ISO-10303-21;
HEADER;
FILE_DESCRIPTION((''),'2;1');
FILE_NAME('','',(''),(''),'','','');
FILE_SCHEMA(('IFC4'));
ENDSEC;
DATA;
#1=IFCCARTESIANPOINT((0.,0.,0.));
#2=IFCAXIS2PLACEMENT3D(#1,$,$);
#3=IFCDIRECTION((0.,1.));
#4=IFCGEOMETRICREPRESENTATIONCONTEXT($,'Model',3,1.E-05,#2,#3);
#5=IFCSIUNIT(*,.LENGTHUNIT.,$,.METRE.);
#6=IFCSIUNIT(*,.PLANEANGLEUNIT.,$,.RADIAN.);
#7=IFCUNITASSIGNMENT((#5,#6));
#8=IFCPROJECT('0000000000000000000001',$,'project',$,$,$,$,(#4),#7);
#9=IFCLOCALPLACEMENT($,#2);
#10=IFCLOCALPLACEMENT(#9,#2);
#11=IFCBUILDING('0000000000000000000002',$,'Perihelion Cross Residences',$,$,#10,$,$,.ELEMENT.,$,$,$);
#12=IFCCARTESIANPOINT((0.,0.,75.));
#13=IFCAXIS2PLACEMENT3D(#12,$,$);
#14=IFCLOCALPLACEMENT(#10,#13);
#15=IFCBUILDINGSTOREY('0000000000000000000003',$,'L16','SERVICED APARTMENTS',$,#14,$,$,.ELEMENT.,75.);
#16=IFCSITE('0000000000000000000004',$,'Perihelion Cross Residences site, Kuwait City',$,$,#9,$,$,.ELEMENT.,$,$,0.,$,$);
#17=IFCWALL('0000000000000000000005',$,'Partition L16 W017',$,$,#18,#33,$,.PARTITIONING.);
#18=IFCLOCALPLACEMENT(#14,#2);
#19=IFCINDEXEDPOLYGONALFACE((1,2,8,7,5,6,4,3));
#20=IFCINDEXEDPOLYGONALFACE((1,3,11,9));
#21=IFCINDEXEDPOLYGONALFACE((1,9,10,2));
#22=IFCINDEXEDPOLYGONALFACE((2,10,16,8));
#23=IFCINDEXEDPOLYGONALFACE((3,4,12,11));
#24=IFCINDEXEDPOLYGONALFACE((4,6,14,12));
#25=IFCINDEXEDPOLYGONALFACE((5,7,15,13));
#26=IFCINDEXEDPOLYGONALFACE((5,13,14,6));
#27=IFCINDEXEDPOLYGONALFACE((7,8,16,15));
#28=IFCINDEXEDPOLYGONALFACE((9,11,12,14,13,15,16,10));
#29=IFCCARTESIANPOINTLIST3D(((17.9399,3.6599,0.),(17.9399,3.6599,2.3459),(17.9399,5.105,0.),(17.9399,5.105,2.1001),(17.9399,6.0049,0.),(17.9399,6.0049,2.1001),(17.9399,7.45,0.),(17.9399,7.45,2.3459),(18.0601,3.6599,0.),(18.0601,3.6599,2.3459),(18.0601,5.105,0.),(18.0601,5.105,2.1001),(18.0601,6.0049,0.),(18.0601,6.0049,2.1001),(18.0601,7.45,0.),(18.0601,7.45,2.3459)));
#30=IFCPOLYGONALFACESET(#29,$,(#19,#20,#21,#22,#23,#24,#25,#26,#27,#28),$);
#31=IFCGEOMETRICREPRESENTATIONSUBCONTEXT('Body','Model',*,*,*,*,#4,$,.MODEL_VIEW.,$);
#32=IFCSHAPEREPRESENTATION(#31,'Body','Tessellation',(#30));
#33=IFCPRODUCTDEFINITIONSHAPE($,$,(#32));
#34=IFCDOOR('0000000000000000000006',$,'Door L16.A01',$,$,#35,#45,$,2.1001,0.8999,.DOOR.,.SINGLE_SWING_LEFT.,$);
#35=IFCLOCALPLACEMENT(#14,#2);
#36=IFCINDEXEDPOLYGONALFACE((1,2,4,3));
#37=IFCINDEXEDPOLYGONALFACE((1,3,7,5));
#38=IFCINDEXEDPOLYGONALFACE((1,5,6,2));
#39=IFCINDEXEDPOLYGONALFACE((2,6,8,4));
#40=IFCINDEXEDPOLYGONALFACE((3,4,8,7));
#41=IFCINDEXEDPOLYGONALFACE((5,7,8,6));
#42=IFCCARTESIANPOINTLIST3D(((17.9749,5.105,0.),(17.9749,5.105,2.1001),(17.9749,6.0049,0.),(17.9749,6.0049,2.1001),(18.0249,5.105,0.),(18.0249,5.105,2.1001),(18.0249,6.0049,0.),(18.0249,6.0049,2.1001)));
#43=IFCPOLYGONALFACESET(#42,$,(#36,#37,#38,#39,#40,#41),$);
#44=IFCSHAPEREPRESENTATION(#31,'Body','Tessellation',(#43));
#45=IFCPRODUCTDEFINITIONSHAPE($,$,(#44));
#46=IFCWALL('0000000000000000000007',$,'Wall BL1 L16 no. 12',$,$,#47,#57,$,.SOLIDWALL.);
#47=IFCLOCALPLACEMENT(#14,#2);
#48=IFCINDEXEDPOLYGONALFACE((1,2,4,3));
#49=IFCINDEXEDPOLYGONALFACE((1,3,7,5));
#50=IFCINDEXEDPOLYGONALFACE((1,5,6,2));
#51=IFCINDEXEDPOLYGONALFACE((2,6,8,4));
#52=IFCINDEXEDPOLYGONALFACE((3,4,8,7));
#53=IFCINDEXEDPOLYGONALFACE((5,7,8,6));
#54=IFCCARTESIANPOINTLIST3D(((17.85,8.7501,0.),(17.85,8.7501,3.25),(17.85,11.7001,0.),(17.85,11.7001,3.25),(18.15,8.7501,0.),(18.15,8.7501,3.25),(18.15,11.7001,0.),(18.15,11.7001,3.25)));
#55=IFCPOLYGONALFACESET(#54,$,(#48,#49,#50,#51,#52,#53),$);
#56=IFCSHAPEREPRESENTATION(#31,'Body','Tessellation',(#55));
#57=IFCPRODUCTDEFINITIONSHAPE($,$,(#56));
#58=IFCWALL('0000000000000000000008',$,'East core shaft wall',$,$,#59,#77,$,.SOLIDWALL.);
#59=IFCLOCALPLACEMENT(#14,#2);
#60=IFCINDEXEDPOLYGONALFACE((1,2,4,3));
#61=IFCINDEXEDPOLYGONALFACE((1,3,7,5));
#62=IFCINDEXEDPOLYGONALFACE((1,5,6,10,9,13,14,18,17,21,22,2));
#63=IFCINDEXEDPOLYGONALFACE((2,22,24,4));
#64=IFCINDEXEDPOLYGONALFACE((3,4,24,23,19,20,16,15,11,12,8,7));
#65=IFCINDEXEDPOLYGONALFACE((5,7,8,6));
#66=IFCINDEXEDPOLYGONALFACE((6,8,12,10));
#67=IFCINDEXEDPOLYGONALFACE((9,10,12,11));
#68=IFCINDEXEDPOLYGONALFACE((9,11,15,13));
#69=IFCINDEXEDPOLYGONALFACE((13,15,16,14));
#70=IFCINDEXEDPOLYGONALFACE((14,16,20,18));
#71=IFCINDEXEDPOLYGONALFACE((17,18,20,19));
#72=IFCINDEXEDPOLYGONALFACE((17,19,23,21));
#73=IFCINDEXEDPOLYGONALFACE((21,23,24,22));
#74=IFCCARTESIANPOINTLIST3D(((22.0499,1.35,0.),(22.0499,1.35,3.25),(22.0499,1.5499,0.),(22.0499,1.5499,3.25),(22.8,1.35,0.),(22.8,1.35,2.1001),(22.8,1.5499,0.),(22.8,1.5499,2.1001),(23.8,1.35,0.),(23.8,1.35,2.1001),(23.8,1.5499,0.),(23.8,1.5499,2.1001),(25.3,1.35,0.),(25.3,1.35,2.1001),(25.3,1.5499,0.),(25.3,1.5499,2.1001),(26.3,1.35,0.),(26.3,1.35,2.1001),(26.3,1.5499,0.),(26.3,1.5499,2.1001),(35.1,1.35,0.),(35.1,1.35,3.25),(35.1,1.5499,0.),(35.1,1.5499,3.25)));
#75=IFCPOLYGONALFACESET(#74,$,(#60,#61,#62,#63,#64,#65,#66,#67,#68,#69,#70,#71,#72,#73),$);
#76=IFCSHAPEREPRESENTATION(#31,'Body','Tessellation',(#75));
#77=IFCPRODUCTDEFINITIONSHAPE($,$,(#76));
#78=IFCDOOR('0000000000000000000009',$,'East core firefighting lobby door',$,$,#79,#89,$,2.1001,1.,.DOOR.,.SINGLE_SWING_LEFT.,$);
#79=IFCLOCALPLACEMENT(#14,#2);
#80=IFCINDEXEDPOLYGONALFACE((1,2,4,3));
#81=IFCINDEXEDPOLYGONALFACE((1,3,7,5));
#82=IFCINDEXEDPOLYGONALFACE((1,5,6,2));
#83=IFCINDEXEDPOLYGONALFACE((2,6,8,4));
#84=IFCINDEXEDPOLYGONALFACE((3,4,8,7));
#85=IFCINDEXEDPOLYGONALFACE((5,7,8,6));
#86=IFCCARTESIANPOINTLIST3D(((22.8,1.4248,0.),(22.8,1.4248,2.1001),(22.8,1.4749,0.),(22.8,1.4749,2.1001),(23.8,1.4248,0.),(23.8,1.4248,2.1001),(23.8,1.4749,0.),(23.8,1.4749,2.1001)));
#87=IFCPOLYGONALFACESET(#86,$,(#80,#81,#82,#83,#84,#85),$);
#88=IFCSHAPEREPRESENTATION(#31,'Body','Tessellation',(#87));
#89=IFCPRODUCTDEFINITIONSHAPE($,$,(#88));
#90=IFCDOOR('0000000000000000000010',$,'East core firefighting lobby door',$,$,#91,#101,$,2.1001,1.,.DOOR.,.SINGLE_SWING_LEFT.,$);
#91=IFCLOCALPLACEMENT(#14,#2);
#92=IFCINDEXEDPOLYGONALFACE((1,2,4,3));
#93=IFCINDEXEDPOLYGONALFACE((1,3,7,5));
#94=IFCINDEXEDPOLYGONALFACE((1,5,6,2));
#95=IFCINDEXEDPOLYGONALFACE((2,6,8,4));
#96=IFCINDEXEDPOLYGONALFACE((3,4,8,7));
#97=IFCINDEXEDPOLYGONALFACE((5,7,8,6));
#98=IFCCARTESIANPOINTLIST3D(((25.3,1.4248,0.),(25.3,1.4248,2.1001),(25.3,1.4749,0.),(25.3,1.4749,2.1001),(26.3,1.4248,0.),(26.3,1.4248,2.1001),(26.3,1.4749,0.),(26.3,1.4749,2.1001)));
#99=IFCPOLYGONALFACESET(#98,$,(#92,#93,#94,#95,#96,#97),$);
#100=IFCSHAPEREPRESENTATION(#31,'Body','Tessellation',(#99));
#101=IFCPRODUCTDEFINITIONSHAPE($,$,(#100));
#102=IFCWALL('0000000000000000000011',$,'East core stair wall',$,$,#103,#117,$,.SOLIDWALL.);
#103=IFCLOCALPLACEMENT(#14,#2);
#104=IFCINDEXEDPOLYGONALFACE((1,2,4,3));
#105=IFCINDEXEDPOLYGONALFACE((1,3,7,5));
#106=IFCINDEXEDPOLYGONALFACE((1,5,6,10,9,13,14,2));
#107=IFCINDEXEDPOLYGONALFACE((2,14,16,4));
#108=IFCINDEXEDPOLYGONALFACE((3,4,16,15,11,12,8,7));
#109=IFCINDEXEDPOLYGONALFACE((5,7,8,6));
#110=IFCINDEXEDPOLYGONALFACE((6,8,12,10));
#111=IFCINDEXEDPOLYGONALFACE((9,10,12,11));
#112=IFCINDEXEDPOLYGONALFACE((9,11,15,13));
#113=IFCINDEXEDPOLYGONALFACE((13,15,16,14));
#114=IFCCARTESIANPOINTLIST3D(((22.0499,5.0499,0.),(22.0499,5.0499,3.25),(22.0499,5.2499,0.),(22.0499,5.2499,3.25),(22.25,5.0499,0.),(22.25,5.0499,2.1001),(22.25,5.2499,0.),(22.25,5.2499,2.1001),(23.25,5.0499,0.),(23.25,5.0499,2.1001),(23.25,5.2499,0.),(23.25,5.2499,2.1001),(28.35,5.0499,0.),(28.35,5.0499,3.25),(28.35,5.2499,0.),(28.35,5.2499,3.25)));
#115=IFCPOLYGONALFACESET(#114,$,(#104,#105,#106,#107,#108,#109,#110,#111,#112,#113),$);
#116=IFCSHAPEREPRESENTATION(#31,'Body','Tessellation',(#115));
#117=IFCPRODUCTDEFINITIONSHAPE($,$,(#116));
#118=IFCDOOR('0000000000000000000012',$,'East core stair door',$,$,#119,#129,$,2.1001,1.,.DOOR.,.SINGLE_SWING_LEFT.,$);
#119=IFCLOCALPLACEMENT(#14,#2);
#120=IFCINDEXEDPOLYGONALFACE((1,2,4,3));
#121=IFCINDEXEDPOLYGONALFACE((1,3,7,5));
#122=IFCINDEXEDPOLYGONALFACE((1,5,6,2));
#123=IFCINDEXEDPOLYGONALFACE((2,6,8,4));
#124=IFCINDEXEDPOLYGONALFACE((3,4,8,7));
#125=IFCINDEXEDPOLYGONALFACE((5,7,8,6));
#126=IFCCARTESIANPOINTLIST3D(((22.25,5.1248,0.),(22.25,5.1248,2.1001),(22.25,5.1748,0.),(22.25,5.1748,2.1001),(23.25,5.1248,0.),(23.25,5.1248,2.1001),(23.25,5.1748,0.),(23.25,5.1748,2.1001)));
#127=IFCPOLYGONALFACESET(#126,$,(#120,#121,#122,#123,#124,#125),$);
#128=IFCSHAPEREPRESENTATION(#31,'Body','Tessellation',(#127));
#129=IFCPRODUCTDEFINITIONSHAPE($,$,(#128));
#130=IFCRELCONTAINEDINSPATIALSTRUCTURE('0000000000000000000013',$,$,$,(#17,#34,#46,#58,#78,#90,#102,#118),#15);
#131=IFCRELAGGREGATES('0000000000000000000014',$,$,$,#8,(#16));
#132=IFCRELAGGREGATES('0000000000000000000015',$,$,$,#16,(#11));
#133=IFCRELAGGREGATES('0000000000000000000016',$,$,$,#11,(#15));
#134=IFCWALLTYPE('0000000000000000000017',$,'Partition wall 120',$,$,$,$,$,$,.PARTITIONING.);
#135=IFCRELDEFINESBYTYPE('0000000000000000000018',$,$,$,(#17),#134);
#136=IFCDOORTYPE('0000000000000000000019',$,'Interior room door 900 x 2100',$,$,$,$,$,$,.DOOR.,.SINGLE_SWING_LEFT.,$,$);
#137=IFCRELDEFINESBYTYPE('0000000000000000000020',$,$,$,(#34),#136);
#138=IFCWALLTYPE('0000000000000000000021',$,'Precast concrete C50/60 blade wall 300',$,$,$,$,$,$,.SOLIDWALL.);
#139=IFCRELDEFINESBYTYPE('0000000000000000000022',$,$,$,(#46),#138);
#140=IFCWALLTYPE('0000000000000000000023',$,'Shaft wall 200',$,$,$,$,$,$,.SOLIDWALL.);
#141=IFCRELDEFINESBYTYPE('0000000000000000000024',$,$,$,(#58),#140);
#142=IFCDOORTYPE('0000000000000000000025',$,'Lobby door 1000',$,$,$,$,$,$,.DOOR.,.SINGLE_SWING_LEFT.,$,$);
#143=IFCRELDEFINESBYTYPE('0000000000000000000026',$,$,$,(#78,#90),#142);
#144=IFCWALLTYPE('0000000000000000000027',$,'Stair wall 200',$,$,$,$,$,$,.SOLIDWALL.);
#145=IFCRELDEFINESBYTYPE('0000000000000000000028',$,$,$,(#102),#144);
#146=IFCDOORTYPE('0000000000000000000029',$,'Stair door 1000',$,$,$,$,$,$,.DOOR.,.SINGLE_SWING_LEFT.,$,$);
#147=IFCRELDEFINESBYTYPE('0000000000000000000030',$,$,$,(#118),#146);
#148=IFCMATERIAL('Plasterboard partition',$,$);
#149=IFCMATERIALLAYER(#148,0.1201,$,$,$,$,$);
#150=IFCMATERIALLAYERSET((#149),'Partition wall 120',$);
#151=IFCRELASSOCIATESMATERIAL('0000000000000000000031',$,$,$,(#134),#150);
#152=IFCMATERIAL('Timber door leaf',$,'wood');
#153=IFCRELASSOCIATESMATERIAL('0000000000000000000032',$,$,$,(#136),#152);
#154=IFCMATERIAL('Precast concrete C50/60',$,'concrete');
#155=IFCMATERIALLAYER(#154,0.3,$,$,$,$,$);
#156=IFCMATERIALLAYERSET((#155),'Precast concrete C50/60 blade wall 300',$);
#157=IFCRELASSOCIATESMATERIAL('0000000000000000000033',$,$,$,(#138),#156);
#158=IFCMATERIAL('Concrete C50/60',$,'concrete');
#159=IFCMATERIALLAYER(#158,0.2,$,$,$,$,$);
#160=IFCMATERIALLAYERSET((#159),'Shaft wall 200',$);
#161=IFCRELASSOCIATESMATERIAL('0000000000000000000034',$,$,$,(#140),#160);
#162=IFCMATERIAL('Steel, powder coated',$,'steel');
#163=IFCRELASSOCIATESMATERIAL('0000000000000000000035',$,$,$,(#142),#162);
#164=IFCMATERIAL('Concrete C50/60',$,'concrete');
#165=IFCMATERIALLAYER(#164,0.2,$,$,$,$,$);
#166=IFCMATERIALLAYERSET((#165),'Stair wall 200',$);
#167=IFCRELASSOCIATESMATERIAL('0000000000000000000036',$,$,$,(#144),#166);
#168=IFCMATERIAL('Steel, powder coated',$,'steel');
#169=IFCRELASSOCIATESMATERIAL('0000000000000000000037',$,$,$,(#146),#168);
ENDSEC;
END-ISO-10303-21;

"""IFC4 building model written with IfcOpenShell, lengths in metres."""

from ifc_helpers import new_model, si_unit, direction, frame, frame_2d, origin, place, context, subcontext, project, spatial, rectangle, extrude, material, layer, layer_set, type_object, element, fill, save


model = new_model("IFC4")

# Units and contexts
model_context = context("Model", 3, precision=1e-05, world=origin(), true_north=direction((0.0, 1.0)))
body_context = subcontext(model_context, "Body", "Model", "MODEL_VIEW")
ifc_project = project(units=[si_unit("LENGTHUNIT", "METRE"), si_unit("PLANEANGLEUNIT", "RADIAN")], contexts=[model_context])

# Site, building, storey
site_placement = place(None, origin())
site = spatial("IfcSite", under=ifc_project, at=site_placement, Name="Perihelion Cross Residences site, Kuwait City", CompositionType="ELEMENT", RefElevation=0.0)
building_placement = place(site_placement, origin())
building = spatial("IfcBuilding", under=site, at=building_placement, Name="Perihelion Cross Residences", CompositionType="ELEMENT")
storey_placement = place(building_placement, frame((0.0, 0.0, 75.0)))
storey = spatial("IfcBuildingStorey", under=building, at=storey_placement, Name="L16", Description="SERVICED APARTMENTS", CompositionType="ELEMENT", Elevation=75.0)

# Wall, opening, door
ifc_material_1 = material(Name="Plasterboard partition")
ifc_layer_1 = layer(ifc_material_1, 0.1201)
ifc_layer_set_1 = layer_set([ifc_layer_1], Name="Partition wall 120")
wall_type_1 = type_object("IfcWallType", Name="Partition wall 120", PredefinedType="PARTITIONING", material=ifc_layer_set_1)
ifc_material_2 = material(Name="Timber door leaf", Category="wood")
door_type_1 = type_object("IfcDoorType", Name="Interior room door 900 x 2100", OperationType="SINGLE_SWING_LEFT", PredefinedType="DOOR", material=ifc_material_2)
wall_1_placement = place(storey_placement, frame((18.0, 7.45, 0.0), z_axis=(0.0, 0.0, 1.0), x_axis=(0.0, -1.0, 0.0)))
wall_1 = element("IfcWall", 1, at=wall_1_placement, inside=storey, type_object=wall_type_1, Name="Partition L16 W017", PredefinedType="PARTITIONING", context=body_context, shape_type="SweptSolid", body=[
    extrude(rectangle(XDim=3.79, YDim=0.1201, at=frame_2d((1.895, 0.0))), origin(), (0.0, 0.0, 1.0), 2.3459),
])
opening_1_placement = place(wall_1_placement, frame((1.4451, 0.0, 0.0)))
opening_1 = element("IfcOpeningElement", 2, at=opening_1_placement, cuts=wall_1, PredefinedType="OPENING", context=body_context, shape_type="SweptSolid", body=[
    extrude(rectangle(XDim=0.8999, YDim=2.1001, at=frame_2d((0.45, 1.05))), frame((0.0, 0.0701, 0.0), z_axis=(0.0, -1.0, 0.0), x_axis=(1.0, 0.0, 0.0)), (0.0, 0.0, 1.0), 0.1401),
])
door_1_placement = place(opening_1_placement, origin())
door_1 = element("IfcDoor", 3, at=door_1_placement, inside=storey, type_object=door_type_1, Name="Door L16.A01", OperationType="SINGLE_SWING_LEFT", OverallHeight=2.1001, OverallWidth=0.8999, PredefinedType="DOOR", context=body_context, shape_type="SweptSolid", body=[
    extrude(rectangle(XDim=0.8999, YDim=2.1001, at=frame_2d((0.45, 1.05))), frame((0.0, 0.0249, 0.0), z_axis=(0.0, -1.0, 0.0), x_axis=(1.0, 0.0, 0.0)), (0.0, 0.0, 1.0), 0.05),
])
fill(opening_1, door_1)

# Wall
ifc_material_3 = material(Name="Precast concrete C50/60", Category="concrete")
ifc_layer_2 = layer(ifc_material_3, 0.3)
ifc_layer_set_2 = layer_set([ifc_layer_2], Name="Precast concrete C50/60 blade wall 300")
wall_type_2 = type_object("IfcWallType", Name="Precast concrete C50/60 blade wall 300", PredefinedType="SOLIDWALL", material=ifc_layer_set_2)
wall_2_placement = place(storey_placement, frame((18.0, 8.75, 0.0), z_axis=(0.0, 0.0, 1.0), x_axis=(0.0, 1.0, 0.0)))
element("IfcWall", 4, at=wall_2_placement, inside=storey, type_object=wall_type_2, Name="Wall BL1 L16 no. 12", PredefinedType="SOLIDWALL", context=body_context, shape_type="SweptSolid", body=[
    extrude(rectangle(XDim=2.95, YDim=0.3, at=frame_2d((1.4751, 0.0))), origin(), (0.0, 0.0, 1.0), 3.25),
])

# Wall, openings, doors
ifc_material_4 = material(Name="Concrete C50/60", Category="concrete")
ifc_layer_3 = layer(ifc_material_4, 0.2)
ifc_layer_set_3 = layer_set([ifc_layer_3], Name="Shaft wall 200")
wall_type_3 = type_object("IfcWallType", Name="Shaft wall 200", PredefinedType="SOLIDWALL", material=ifc_layer_set_3)
wall_3_placement = place(storey_placement, frame((22.05, 1.45, 0.0), z_axis=(0.0, 0.0, 1.0), x_axis=(1.0, 0.0, 0.0)))
wall_3 = element("IfcWall", 5, at=wall_3_placement, inside=storey, type_object=wall_type_3, Name="East core shaft wall", PredefinedType="SOLIDWALL", context=body_context, shape_type="SweptSolid", body=[
    extrude(rectangle(XDim=13.05, YDim=0.2, at=frame_2d((6.5249, 0.0))), origin(), (0.0, 0.0, 1.0), 3.25),
])
opening_2_placement = place(wall_3_placement, frame((0.75, 0.0, 0.0)))
opening_2 = element("IfcOpeningElement", 6, at=opening_2_placement, cuts=wall_3, PredefinedType="OPENING", context=body_context, shape_type="SweptSolid", body=[
    extrude(rectangle(XDim=1.0, YDim=2.1001, at=frame_2d((0.5, 1.05))), frame((0.0, 0.1099, 0.0), z_axis=(0.0, -1.0, 0.0), x_axis=(1.0, 0.0, 0.0)), (0.0, 0.0, 1.0), 0.22),
])
opening_3_placement = place(wall_3_placement, frame((3.25, 0.0, 0.0)))
opening_3 = element("IfcOpeningElement", 7, at=opening_3_placement, cuts=wall_3, PredefinedType="OPENING", context=body_context, shape_type="SweptSolid", body=[
    extrude(rectangle(XDim=1.0, YDim=2.1001, at=frame_2d((0.5, 1.05))), frame((0.0, 0.1099, 0.0), z_axis=(0.0, -1.0, 0.0), x_axis=(1.0, 0.0, 0.0)), (0.0, 0.0, 1.0), 0.22),
])
ifc_material_5 = material(Name="Steel, powder coated", Category="steel")
door_type_2 = type_object("IfcDoorType", Name="Lobby door 1000", OperationType="SINGLE_SWING_LEFT", PredefinedType="DOOR", material=ifc_material_5)
door_2_placement = place(opening_2_placement, origin())
door_2 = element("IfcDoor", 8, at=door_2_placement, inside=storey, type_object=door_type_2, Name="East core firefighting lobby door", OperationType="SINGLE_SWING_LEFT", OverallHeight=2.1001, OverallWidth=1.0, PredefinedType="DOOR", context=body_context, shape_type="SweptSolid", body=[
    extrude(rectangle(XDim=1.0, YDim=2.1001, at=frame_2d((0.5, 1.05))), frame((0.0, 0.0249, 0.0), z_axis=(0.0, -1.0, 0.0), x_axis=(1.0, 0.0, 0.0)), (0.0, 0.0, 1.0), 0.05),
])
fill(opening_2, door_2)
door_3_placement = place(opening_3_placement, origin())
door_3 = element("IfcDoor", 9, at=door_3_placement, inside=storey, type_object=door_type_2, Name="East core firefighting lobby door", OperationType="SINGLE_SWING_LEFT", OverallHeight=2.1001, OverallWidth=1.0, PredefinedType="DOOR", context=body_context, shape_type="SweptSolid", body=[
    extrude(rectangle(XDim=1.0, YDim=2.1001, at=frame_2d((0.5, 1.05))), frame((0.0, 0.0249, 0.0), z_axis=(0.0, -1.0, 0.0), x_axis=(1.0, 0.0, 0.0)), (0.0, 0.0, 1.0), 0.05),
])
fill(opening_3, door_3)

# Wall, opening, door
ifc_material_6 = material(Name="Concrete C50/60", Category="concrete")
ifc_layer_4 = layer(ifc_material_6, 0.2)
ifc_layer_set_4 = layer_set([ifc_layer_4], Name="Stair wall 200")
wall_type_4 = type_object("IfcWallType", Name="Stair wall 200", PredefinedType="SOLIDWALL", material=ifc_layer_set_4)
wall_4_placement = place(storey_placement, frame((22.05, 5.1499, 0.0), z_axis=(0.0, 0.0, 1.0), x_axis=(1.0, 0.0, 0.0)))
wall_4 = element("IfcWall", 10, at=wall_4_placement, inside=storey, type_object=wall_type_4, Name="East core stair wall", PredefinedType="SOLIDWALL", context=body_context, shape_type="SweptSolid", body=[
    extrude(rectangle(XDim=6.3, YDim=0.2, at=frame_2d((3.1499, 0.0))), origin(), (0.0, 0.0, 1.0), 3.25),
])
opening_4_placement = place(wall_4_placement, frame((0.2, 0.0, 0.0)))
opening_4 = element("IfcOpeningElement", 11, at=opening_4_placement, cuts=wall_4, PredefinedType="OPENING", context=body_context, shape_type="SweptSolid", body=[
    extrude(rectangle(XDim=1.0, YDim=2.1001, at=frame_2d((0.5, 1.05))), frame((0.0, 0.1099, 0.0), z_axis=(0.0, -1.0, 0.0), x_axis=(1.0, 0.0, 0.0)), (0.0, 0.0, 1.0), 0.22),
])
ifc_material_7 = material(Name="Steel, powder coated", Category="steel")
door_type_3 = type_object("IfcDoorType", Name="Stair door 1000", OperationType="SINGLE_SWING_LEFT", PredefinedType="DOOR", material=ifc_material_7)
door_4_placement = place(opening_4_placement, origin())
door_4 = element("IfcDoor", 12, at=door_4_placement, inside=storey, type_object=door_type_3, Name="East core stair door", OperationType="SINGLE_SWING_LEFT", OverallHeight=2.1001, OverallWidth=1.0, PredefinedType="DOOR", context=body_context, shape_type="SweptSolid", body=[
    extrude(rectangle(XDim=1.0, YDim=2.1001, at=frame_2d((0.5, 1.05))), frame((0.0, 0.0249, 0.0), z_axis=(0.0, -1.0, 0.0), x_axis=(1.0, 0.0, 0.0)), (0.0, 0.0, 1.0), 0.05),
])
fill(opening_4, door_4)

save(model, "model.ifc")
